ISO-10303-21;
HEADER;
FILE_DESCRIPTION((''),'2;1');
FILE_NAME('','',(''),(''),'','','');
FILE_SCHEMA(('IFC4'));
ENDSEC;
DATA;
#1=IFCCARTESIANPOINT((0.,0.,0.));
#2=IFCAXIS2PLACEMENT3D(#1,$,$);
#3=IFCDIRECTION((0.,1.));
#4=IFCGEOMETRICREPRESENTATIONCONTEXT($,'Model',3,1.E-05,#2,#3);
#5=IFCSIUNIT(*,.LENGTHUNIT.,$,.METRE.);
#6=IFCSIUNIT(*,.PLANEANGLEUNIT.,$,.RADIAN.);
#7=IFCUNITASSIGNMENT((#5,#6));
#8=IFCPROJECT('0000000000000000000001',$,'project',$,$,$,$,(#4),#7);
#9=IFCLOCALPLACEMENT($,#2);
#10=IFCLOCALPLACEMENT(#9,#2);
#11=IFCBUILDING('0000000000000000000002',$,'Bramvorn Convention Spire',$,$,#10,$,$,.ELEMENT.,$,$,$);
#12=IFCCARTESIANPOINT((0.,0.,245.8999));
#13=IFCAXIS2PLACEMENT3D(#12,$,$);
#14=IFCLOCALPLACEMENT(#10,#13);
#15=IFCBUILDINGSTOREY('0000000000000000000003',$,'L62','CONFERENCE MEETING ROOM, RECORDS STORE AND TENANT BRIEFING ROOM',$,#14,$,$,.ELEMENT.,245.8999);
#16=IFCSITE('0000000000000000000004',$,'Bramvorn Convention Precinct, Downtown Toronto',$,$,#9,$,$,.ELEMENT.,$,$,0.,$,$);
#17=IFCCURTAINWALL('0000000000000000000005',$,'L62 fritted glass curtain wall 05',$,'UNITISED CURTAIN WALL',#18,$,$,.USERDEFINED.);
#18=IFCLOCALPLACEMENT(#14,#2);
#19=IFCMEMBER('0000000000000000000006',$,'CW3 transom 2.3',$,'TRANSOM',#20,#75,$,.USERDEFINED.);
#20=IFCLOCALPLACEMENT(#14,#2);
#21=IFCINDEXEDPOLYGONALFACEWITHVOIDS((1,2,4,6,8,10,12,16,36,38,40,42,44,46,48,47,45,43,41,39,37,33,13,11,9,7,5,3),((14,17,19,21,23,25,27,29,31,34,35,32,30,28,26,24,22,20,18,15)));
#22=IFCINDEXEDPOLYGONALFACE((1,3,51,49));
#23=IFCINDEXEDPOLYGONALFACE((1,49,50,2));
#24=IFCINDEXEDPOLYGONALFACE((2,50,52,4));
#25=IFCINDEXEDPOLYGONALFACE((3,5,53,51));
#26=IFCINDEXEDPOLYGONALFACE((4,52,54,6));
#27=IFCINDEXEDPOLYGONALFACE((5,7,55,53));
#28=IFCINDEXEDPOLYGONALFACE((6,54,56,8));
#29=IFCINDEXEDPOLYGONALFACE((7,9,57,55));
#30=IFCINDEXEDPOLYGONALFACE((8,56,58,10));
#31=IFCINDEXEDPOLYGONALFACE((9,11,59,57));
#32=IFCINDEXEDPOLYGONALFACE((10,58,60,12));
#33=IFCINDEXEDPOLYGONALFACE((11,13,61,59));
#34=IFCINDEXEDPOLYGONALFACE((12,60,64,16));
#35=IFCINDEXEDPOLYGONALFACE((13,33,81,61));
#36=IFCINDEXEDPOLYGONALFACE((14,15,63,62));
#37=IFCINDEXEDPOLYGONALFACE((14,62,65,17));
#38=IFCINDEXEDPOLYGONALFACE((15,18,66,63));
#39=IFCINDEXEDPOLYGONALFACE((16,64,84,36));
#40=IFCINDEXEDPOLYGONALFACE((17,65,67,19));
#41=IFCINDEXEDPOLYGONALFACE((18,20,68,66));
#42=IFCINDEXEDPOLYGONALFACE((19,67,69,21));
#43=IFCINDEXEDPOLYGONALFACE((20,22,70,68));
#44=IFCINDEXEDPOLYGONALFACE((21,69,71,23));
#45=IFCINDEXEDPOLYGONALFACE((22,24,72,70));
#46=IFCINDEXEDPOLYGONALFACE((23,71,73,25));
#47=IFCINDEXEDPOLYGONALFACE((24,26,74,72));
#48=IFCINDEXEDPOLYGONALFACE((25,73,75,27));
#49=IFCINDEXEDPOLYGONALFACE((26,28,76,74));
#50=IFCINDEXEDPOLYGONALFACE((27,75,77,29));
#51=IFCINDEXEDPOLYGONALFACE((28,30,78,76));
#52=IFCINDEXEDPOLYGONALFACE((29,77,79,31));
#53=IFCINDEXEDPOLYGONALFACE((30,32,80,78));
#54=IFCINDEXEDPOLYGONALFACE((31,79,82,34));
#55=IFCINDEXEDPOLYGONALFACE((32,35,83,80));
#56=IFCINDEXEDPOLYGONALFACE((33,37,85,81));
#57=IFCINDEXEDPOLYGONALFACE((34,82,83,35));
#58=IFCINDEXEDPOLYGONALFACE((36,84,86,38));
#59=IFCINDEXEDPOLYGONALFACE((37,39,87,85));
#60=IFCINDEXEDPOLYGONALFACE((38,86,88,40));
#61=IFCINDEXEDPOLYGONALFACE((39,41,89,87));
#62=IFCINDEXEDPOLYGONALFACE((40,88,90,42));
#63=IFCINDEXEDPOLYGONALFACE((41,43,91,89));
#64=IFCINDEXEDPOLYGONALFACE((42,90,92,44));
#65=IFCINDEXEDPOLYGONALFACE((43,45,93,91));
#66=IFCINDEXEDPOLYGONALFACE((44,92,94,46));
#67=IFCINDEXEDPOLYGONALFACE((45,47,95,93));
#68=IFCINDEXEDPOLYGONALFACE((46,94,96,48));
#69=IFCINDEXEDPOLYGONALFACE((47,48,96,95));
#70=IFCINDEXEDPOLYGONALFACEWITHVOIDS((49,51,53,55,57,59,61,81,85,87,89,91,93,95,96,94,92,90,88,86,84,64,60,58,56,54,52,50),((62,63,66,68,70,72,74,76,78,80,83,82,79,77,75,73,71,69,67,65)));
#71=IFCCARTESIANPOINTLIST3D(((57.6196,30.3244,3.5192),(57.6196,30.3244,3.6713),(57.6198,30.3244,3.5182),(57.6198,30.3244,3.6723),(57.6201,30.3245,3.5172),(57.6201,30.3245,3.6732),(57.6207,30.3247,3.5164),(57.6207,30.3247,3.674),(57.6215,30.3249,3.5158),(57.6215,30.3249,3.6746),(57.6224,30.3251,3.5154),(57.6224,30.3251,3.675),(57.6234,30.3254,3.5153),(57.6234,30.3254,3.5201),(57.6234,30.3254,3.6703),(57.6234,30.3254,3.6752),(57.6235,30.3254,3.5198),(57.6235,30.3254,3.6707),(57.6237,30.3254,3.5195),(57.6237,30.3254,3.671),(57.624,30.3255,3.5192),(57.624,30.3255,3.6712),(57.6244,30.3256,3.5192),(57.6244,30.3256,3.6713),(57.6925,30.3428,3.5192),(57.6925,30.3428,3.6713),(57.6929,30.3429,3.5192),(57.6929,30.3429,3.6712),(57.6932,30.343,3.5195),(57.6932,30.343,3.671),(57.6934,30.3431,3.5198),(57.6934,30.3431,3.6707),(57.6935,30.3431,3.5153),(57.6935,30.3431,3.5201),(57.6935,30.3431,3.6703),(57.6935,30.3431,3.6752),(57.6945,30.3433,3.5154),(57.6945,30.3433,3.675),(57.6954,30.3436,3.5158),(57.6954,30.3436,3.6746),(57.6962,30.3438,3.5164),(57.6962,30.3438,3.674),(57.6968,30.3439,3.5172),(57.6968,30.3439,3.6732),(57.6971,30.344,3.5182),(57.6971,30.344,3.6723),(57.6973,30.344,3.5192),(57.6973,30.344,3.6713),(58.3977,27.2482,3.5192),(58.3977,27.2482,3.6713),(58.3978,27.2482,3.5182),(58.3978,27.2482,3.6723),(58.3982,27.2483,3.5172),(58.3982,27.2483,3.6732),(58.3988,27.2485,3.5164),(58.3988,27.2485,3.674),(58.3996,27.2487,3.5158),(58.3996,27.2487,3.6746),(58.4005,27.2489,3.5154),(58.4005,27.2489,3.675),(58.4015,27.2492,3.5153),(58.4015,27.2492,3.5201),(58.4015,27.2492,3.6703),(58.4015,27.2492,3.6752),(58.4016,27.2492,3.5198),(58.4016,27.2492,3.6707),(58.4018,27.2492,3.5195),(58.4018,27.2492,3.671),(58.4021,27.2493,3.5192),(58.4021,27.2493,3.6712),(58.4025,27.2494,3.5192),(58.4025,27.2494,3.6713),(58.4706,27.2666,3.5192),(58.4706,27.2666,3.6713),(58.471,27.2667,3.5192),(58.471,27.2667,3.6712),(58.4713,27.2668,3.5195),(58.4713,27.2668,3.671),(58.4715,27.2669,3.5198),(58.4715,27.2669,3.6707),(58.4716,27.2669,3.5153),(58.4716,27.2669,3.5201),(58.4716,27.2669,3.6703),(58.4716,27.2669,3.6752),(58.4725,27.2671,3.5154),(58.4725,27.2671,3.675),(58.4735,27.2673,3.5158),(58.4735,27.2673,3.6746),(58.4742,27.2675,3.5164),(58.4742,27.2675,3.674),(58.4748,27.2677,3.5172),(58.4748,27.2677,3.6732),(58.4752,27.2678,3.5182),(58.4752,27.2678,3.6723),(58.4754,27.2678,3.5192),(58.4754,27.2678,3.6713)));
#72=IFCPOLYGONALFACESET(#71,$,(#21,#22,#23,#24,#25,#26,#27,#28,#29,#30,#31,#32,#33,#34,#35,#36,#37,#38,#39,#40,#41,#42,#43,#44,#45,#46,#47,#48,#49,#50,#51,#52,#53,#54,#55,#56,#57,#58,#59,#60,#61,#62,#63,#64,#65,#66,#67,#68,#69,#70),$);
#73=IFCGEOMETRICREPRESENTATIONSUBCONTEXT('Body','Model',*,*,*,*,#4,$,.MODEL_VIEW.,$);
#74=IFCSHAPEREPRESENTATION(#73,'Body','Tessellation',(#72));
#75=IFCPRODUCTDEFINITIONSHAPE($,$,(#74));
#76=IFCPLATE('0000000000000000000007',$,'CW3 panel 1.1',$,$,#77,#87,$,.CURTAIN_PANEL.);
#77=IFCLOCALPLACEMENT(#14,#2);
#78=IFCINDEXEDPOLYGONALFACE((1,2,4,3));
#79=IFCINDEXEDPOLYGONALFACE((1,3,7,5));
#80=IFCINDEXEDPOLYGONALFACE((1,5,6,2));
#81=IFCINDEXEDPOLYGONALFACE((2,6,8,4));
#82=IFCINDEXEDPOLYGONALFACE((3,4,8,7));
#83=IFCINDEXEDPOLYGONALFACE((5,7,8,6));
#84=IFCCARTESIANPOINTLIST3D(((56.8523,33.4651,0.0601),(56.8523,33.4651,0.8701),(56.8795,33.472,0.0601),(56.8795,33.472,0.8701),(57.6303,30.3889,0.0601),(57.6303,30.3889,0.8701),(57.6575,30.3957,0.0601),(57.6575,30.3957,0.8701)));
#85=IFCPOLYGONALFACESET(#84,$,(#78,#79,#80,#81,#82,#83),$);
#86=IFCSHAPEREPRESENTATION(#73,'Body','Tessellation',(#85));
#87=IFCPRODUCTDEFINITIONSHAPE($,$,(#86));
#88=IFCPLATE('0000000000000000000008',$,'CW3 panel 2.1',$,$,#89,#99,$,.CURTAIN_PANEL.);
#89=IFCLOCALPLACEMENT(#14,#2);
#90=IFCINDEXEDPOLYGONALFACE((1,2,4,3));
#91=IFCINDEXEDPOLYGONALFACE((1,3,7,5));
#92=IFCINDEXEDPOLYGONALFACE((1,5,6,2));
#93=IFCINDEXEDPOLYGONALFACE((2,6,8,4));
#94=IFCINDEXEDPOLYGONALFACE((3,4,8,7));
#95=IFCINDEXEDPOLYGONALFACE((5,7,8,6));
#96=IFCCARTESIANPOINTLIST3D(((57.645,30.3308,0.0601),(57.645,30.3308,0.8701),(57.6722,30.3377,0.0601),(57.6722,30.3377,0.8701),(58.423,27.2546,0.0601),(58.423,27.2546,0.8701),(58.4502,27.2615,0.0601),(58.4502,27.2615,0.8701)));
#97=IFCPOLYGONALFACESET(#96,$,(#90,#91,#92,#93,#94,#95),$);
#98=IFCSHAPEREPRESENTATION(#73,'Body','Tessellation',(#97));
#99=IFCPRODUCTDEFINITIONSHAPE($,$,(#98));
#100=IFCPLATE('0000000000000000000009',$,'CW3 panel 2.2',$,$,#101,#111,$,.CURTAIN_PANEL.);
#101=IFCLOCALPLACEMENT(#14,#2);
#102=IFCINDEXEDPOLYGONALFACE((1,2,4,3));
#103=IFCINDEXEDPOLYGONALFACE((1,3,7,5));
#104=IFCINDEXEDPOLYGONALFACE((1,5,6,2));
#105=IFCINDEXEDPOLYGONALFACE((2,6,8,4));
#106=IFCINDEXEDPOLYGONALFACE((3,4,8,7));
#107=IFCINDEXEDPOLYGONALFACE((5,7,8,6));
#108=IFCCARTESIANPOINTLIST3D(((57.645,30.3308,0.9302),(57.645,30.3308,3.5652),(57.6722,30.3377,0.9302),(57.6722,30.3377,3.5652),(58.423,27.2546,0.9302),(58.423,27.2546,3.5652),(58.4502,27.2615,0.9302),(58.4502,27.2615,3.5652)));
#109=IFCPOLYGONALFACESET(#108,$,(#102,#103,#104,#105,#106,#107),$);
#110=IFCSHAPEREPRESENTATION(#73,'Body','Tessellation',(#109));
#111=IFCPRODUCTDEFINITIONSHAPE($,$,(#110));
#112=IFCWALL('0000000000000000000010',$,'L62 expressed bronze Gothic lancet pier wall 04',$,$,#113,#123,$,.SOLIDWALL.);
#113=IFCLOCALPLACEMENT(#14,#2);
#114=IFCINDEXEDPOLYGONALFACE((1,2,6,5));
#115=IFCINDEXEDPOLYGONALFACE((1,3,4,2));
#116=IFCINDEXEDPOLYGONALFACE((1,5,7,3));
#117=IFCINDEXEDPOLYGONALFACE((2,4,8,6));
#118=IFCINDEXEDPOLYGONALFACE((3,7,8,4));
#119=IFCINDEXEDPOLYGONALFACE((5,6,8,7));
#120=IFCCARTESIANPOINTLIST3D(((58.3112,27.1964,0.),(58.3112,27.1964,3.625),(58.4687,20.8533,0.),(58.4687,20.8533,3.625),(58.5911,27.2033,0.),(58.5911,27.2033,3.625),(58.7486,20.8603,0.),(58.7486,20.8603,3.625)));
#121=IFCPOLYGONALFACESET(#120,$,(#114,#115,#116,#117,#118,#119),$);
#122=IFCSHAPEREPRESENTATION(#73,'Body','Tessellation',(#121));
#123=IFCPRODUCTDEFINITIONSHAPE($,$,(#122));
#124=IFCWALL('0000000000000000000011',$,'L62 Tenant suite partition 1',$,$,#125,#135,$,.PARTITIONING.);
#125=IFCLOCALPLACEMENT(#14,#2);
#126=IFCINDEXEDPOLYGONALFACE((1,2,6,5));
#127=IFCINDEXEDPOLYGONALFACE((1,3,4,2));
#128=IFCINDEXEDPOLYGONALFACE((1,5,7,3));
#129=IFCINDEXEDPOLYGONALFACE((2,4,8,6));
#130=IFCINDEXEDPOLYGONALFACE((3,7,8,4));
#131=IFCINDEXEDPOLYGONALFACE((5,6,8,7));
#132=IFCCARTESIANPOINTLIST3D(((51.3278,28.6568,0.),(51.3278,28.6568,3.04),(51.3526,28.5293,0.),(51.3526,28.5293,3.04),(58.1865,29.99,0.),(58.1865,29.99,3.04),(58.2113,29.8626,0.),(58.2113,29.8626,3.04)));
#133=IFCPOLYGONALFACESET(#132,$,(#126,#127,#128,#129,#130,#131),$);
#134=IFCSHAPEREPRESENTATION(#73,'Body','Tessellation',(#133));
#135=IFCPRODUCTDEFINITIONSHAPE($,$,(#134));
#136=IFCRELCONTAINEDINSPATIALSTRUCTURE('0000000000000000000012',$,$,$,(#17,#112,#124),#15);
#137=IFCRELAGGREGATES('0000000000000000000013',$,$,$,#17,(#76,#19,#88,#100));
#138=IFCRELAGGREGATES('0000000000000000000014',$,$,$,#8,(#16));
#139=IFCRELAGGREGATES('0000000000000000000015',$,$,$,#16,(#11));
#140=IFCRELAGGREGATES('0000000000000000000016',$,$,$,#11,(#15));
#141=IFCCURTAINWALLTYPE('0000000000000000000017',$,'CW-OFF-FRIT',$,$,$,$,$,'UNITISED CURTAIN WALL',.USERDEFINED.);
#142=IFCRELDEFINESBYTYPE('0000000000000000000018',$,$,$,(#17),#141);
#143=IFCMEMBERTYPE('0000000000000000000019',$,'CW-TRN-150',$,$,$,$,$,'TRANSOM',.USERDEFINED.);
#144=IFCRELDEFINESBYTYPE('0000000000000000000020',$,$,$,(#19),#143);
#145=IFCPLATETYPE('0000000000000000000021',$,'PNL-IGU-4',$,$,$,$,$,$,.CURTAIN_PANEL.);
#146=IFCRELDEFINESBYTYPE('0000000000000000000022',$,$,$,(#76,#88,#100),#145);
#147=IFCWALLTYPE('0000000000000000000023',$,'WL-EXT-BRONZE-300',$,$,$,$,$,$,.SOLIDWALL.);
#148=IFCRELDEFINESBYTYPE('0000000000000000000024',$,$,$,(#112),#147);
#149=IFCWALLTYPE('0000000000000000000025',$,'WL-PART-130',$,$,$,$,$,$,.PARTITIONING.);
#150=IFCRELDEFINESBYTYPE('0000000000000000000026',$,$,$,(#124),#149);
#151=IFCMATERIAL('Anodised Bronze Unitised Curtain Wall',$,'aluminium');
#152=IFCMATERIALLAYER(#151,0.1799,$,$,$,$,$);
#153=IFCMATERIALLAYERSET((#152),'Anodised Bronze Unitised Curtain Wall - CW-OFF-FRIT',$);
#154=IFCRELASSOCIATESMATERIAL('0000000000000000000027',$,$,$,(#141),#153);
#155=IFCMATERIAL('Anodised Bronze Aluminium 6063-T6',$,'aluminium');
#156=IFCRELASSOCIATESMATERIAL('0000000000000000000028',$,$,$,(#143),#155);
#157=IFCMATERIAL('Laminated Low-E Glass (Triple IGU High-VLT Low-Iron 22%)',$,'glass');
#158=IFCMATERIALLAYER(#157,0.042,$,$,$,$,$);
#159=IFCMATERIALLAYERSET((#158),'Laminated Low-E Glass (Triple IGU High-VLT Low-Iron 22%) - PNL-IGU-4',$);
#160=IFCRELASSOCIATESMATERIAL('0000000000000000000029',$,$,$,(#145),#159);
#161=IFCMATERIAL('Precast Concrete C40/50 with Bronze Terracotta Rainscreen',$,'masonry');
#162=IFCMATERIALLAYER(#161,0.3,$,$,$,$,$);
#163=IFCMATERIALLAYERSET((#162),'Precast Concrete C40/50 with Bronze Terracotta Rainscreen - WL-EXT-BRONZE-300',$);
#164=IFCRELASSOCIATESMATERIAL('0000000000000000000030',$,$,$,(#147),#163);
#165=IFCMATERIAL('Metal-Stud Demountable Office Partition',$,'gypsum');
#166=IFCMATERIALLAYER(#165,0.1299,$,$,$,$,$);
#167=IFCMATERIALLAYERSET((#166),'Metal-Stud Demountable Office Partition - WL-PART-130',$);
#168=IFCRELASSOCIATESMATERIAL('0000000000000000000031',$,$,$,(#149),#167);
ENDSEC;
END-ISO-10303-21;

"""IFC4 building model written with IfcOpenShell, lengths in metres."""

from ifc_helpers import new_model, si_unit, direction, frame, frame_2d, origin, origin_2d, place, context, subcontext, project, spatial, rectangle, hollow_rectangle, extrude, material, layer, layer_set, material_profile, profile_set, type_object, element, aggregate, save


model = new_model("IFC4")

# Units and contexts
model_context = context("Model", 3, precision=1e-05, world=origin(), true_north=direction((0.0, 1.0)))
body_context = subcontext(model_context, "Body", "Model", "MODEL_VIEW")
ifc_project = project(units=[si_unit("LENGTHUNIT", "METRE"), si_unit("PLANEANGLEUNIT", "RADIAN")], contexts=[model_context])

# Site, building, storey
site_placement = place(None, origin())
site = spatial("IfcSite", under=ifc_project, at=site_placement, Name="Bramvorn Convention Precinct, Downtown Toronto", CompositionType="ELEMENT", RefElevation=0.0)
building_placement = place(site_placement, origin())
building = spatial("IfcBuilding", under=site, at=building_placement, Name="Bramvorn Convention Spire", CompositionType="ELEMENT")
storey_placement = place(building_placement, frame((0.0, 0.0, 245.8999)))
storey = spatial("IfcBuildingStorey", under=building, at=storey_placement, Name="L62", Description="CONFERENCE MEETING ROOM, RECORDS STORE AND TENANT BRIEFING ROOM", CompositionType="ELEMENT", Elevation=245.8999)

# Curtain wall, member, plates
ifc_material_1 = material(Name="Anodised Bronze Unitised Curtain Wall", Category="aluminium")
ifc_layer_1 = layer(ifc_material_1, 0.1799)
ifc_layer_set_1 = layer_set([ifc_layer_1], Name="Anodised Bronze Unitised Curtain Wall - CW-OFF-FRIT")
curtain_wall_type = type_object("IfcCurtainWallType", Name="CW-OFF-FRIT", ElementType="UNITISED CURTAIN WALL", PredefinedType="USERDEFINED", material=ifc_layer_set_1)
curtain_wall_placement = place(storey_placement, origin())
curtain_wall = element("IfcCurtainWall", 1, at=curtain_wall_placement, inside=storey, type_object=curtain_wall_type, Name="L62 fritted glass curtain wall 05", ObjectType="UNITISED CURTAIN WALL", PredefinedType="USERDEFINED")
ifc_material_2 = material(Name="Anodised Bronze Aluminium 6063-T6", Category="aluminium")
ifc_material_profile_1 = material_profile(ifc_material_2, hollow_rectangle(XDim=0.0801, YDim=0.1599, WallThickness=0.0039, InnerFilletRadius=0.001, OuterFilletRadius=0.0039, at=origin_2d()))
ifc_profile_set_1 = profile_set([ifc_material_profile_1], Name="Anodised Bronze Aluminium 6063-T6 - CWT80X160")
member_type_1 = type_object("IfcMemberType", Name="CW-TRN-150", ElementType="TRANSOM", PredefinedType="USERDEFINED", material=ifc_profile_set_1)
member_1_placement = place(storey_placement, frame((57.6584, 30.3342, 3.5952), z_axis=(0.245214, -0.969469, 0.0), x_axis=(0.969469, 0.245214, 0.0)))
member_1 = element("IfcMember", 2, at=member_1_placement, type_object=member_type_1, Name="CW3 transom 2.3", ObjectType="TRANSOM", PredefinedType="USERDEFINED", context=body_context, shape_type="SweptSolid", body=[
    extrude(hollow_rectangle(XDim=0.0801, YDim=0.1599, WallThickness=0.0039, InnerFilletRadius=0.001, OuterFilletRadius=0.0039, at=origin_2d()), origin(), (0.0, 0.0, 1.0), 3.1731),
])
ifc_material_3 = material(Name="Laminated Low-E Glass (Triple IGU High-VLT Low-Iron 22%)", Category="glass")
ifc_layer_2 = layer(ifc_material_3, 0.042)
ifc_layer_set_2 = layer_set([ifc_layer_2], Name="Laminated Low-E Glass (Triple IGU High-VLT Low-Iron 22%) - PNL-IGU-4")
plate_type = type_object("IfcPlateType", Name="PNL-IGU-4", PredefinedType="CURTAIN_PANEL", material=ifc_layer_set_2)
plate_1_placement = place(storey_placement, frame((57.2549, 31.9304, 0.0601), z_axis=(0.0, 0.0, 1.0), x_axis=(0.245181, -0.969477, 0.0)))
plate_1 = element("IfcPlate", 3, at=plate_1_placement, type_object=plate_type, Name="CW3 panel 1.1", PredefinedType="CURTAIN_PANEL", context=body_context, shape_type="SweptSolid", body=[
    extrude(rectangle(XDim=3.1731, YDim=0.0281, at=origin_2d()), origin(), (0.0, 0.0, 1.0), 0.8101),
])
plate_2_placement = place(storey_placement, frame((58.0476, 28.7961, 0.0601), z_axis=(0.0, 0.0, 1.0), x_axis=(0.245181, -0.969477, 0.0)))
plate_2 = element("IfcPlate", 4, at=plate_2_placement, type_object=plate_type, Name="CW3 panel 2.1", PredefinedType="CURTAIN_PANEL", context=body_context, shape_type="SweptSolid", body=[
    extrude(rectangle(XDim=3.1731, YDim=0.0281, at=origin_2d()), origin(), (0.0, 0.0, 1.0), 0.8101),
])
plate_3_placement = place(storey_placement, frame((58.0476, 28.7961, 0.9302), z_axis=(0.0, 0.0, 1.0), x_axis=(0.245181, -0.969477, 0.0)))
plate_3 = element("IfcPlate", 5, at=plate_3_placement, type_object=plate_type, Name="CW3 panel 2.2", PredefinedType="CURTAIN_PANEL", context=body_context, shape_type="SweptSolid", body=[
    extrude(rectangle(XDim=3.1731, YDim=0.0281, at=origin_2d()), origin(), (0.0, 0.0, 1.0), 2.635),
])
aggregate(curtain_wall, [plate_1, member_1, plate_2, plate_3])

# Walls
ifc_material_4 = material(Name="Precast Concrete C40/50 with Bronze Terracotta Rainscreen", Category="masonry")
ifc_layer_3 = layer(ifc_material_4, 0.3)
ifc_layer_set_3 = layer_set([ifc_layer_3], Name="Precast Concrete C40/50 with Bronze Terracotta Rainscreen - WL-EXT-BRONZE-300")
wall_type_1 = type_object("IfcWallType", Name="WL-EXT-BRONZE-300", PredefinedType="SOLIDWALL", material=ifc_layer_set_3)
wall_1_placement = place(storey_placement, frame((58.4512, 27.1997, 0.0), z_axis=(0.0, 0.0, 1.0), x_axis=(0.024818, -0.999692, 0.0)))
element("IfcWall", 6, at=wall_1_placement, inside=storey, type_object=wall_type_1, Name="L62 expressed bronze Gothic lancet pier wall 04", PredefinedType="SOLIDWALL", context=body_context, shape_type="SweptSolid", body=[
    extrude(rectangle(XDim=6.345, YDim=0.28, at=frame_2d((3.1724, 0.0))), origin(), (0.0, 0.0, 1.0), 3.625),
])
ifc_material_5 = material(Name="Metal-Stud Demountable Office Partition", Category="gypsum")
ifc_layer_4 = layer(ifc_material_5, 0.1299)
ifc_layer_set_4 = layer_set([ifc_layer_4], Name="Metal-Stud Demountable Office Partition - WL-PART-130")
wall_type_2 = type_object("IfcWallType", Name="WL-PART-130", PredefinedType="PARTITIONING", material=ifc_layer_set_4)
wall_2_placement = place(storey_placement, frame((51.3401, 28.593, 0.0), z_axis=(0.0, 0.0, 1.0), x_axis=(0.981625, 0.190818, 0.0)))
element("IfcWall", 7, at=wall_2_placement, inside=storey, type_object=wall_type_2, Name="L62 Tenant suite partition 1", PredefinedType="PARTITIONING", context=body_context, shape_type="SweptSolid", body=[
    extrude(rectangle(XDim=6.9871, YDim=0.1299, at=frame_2d((3.4937, 0.0))), origin(), (0.0, 0.0, 1.0), 3.04),
])

save(model, "model.ifc")
